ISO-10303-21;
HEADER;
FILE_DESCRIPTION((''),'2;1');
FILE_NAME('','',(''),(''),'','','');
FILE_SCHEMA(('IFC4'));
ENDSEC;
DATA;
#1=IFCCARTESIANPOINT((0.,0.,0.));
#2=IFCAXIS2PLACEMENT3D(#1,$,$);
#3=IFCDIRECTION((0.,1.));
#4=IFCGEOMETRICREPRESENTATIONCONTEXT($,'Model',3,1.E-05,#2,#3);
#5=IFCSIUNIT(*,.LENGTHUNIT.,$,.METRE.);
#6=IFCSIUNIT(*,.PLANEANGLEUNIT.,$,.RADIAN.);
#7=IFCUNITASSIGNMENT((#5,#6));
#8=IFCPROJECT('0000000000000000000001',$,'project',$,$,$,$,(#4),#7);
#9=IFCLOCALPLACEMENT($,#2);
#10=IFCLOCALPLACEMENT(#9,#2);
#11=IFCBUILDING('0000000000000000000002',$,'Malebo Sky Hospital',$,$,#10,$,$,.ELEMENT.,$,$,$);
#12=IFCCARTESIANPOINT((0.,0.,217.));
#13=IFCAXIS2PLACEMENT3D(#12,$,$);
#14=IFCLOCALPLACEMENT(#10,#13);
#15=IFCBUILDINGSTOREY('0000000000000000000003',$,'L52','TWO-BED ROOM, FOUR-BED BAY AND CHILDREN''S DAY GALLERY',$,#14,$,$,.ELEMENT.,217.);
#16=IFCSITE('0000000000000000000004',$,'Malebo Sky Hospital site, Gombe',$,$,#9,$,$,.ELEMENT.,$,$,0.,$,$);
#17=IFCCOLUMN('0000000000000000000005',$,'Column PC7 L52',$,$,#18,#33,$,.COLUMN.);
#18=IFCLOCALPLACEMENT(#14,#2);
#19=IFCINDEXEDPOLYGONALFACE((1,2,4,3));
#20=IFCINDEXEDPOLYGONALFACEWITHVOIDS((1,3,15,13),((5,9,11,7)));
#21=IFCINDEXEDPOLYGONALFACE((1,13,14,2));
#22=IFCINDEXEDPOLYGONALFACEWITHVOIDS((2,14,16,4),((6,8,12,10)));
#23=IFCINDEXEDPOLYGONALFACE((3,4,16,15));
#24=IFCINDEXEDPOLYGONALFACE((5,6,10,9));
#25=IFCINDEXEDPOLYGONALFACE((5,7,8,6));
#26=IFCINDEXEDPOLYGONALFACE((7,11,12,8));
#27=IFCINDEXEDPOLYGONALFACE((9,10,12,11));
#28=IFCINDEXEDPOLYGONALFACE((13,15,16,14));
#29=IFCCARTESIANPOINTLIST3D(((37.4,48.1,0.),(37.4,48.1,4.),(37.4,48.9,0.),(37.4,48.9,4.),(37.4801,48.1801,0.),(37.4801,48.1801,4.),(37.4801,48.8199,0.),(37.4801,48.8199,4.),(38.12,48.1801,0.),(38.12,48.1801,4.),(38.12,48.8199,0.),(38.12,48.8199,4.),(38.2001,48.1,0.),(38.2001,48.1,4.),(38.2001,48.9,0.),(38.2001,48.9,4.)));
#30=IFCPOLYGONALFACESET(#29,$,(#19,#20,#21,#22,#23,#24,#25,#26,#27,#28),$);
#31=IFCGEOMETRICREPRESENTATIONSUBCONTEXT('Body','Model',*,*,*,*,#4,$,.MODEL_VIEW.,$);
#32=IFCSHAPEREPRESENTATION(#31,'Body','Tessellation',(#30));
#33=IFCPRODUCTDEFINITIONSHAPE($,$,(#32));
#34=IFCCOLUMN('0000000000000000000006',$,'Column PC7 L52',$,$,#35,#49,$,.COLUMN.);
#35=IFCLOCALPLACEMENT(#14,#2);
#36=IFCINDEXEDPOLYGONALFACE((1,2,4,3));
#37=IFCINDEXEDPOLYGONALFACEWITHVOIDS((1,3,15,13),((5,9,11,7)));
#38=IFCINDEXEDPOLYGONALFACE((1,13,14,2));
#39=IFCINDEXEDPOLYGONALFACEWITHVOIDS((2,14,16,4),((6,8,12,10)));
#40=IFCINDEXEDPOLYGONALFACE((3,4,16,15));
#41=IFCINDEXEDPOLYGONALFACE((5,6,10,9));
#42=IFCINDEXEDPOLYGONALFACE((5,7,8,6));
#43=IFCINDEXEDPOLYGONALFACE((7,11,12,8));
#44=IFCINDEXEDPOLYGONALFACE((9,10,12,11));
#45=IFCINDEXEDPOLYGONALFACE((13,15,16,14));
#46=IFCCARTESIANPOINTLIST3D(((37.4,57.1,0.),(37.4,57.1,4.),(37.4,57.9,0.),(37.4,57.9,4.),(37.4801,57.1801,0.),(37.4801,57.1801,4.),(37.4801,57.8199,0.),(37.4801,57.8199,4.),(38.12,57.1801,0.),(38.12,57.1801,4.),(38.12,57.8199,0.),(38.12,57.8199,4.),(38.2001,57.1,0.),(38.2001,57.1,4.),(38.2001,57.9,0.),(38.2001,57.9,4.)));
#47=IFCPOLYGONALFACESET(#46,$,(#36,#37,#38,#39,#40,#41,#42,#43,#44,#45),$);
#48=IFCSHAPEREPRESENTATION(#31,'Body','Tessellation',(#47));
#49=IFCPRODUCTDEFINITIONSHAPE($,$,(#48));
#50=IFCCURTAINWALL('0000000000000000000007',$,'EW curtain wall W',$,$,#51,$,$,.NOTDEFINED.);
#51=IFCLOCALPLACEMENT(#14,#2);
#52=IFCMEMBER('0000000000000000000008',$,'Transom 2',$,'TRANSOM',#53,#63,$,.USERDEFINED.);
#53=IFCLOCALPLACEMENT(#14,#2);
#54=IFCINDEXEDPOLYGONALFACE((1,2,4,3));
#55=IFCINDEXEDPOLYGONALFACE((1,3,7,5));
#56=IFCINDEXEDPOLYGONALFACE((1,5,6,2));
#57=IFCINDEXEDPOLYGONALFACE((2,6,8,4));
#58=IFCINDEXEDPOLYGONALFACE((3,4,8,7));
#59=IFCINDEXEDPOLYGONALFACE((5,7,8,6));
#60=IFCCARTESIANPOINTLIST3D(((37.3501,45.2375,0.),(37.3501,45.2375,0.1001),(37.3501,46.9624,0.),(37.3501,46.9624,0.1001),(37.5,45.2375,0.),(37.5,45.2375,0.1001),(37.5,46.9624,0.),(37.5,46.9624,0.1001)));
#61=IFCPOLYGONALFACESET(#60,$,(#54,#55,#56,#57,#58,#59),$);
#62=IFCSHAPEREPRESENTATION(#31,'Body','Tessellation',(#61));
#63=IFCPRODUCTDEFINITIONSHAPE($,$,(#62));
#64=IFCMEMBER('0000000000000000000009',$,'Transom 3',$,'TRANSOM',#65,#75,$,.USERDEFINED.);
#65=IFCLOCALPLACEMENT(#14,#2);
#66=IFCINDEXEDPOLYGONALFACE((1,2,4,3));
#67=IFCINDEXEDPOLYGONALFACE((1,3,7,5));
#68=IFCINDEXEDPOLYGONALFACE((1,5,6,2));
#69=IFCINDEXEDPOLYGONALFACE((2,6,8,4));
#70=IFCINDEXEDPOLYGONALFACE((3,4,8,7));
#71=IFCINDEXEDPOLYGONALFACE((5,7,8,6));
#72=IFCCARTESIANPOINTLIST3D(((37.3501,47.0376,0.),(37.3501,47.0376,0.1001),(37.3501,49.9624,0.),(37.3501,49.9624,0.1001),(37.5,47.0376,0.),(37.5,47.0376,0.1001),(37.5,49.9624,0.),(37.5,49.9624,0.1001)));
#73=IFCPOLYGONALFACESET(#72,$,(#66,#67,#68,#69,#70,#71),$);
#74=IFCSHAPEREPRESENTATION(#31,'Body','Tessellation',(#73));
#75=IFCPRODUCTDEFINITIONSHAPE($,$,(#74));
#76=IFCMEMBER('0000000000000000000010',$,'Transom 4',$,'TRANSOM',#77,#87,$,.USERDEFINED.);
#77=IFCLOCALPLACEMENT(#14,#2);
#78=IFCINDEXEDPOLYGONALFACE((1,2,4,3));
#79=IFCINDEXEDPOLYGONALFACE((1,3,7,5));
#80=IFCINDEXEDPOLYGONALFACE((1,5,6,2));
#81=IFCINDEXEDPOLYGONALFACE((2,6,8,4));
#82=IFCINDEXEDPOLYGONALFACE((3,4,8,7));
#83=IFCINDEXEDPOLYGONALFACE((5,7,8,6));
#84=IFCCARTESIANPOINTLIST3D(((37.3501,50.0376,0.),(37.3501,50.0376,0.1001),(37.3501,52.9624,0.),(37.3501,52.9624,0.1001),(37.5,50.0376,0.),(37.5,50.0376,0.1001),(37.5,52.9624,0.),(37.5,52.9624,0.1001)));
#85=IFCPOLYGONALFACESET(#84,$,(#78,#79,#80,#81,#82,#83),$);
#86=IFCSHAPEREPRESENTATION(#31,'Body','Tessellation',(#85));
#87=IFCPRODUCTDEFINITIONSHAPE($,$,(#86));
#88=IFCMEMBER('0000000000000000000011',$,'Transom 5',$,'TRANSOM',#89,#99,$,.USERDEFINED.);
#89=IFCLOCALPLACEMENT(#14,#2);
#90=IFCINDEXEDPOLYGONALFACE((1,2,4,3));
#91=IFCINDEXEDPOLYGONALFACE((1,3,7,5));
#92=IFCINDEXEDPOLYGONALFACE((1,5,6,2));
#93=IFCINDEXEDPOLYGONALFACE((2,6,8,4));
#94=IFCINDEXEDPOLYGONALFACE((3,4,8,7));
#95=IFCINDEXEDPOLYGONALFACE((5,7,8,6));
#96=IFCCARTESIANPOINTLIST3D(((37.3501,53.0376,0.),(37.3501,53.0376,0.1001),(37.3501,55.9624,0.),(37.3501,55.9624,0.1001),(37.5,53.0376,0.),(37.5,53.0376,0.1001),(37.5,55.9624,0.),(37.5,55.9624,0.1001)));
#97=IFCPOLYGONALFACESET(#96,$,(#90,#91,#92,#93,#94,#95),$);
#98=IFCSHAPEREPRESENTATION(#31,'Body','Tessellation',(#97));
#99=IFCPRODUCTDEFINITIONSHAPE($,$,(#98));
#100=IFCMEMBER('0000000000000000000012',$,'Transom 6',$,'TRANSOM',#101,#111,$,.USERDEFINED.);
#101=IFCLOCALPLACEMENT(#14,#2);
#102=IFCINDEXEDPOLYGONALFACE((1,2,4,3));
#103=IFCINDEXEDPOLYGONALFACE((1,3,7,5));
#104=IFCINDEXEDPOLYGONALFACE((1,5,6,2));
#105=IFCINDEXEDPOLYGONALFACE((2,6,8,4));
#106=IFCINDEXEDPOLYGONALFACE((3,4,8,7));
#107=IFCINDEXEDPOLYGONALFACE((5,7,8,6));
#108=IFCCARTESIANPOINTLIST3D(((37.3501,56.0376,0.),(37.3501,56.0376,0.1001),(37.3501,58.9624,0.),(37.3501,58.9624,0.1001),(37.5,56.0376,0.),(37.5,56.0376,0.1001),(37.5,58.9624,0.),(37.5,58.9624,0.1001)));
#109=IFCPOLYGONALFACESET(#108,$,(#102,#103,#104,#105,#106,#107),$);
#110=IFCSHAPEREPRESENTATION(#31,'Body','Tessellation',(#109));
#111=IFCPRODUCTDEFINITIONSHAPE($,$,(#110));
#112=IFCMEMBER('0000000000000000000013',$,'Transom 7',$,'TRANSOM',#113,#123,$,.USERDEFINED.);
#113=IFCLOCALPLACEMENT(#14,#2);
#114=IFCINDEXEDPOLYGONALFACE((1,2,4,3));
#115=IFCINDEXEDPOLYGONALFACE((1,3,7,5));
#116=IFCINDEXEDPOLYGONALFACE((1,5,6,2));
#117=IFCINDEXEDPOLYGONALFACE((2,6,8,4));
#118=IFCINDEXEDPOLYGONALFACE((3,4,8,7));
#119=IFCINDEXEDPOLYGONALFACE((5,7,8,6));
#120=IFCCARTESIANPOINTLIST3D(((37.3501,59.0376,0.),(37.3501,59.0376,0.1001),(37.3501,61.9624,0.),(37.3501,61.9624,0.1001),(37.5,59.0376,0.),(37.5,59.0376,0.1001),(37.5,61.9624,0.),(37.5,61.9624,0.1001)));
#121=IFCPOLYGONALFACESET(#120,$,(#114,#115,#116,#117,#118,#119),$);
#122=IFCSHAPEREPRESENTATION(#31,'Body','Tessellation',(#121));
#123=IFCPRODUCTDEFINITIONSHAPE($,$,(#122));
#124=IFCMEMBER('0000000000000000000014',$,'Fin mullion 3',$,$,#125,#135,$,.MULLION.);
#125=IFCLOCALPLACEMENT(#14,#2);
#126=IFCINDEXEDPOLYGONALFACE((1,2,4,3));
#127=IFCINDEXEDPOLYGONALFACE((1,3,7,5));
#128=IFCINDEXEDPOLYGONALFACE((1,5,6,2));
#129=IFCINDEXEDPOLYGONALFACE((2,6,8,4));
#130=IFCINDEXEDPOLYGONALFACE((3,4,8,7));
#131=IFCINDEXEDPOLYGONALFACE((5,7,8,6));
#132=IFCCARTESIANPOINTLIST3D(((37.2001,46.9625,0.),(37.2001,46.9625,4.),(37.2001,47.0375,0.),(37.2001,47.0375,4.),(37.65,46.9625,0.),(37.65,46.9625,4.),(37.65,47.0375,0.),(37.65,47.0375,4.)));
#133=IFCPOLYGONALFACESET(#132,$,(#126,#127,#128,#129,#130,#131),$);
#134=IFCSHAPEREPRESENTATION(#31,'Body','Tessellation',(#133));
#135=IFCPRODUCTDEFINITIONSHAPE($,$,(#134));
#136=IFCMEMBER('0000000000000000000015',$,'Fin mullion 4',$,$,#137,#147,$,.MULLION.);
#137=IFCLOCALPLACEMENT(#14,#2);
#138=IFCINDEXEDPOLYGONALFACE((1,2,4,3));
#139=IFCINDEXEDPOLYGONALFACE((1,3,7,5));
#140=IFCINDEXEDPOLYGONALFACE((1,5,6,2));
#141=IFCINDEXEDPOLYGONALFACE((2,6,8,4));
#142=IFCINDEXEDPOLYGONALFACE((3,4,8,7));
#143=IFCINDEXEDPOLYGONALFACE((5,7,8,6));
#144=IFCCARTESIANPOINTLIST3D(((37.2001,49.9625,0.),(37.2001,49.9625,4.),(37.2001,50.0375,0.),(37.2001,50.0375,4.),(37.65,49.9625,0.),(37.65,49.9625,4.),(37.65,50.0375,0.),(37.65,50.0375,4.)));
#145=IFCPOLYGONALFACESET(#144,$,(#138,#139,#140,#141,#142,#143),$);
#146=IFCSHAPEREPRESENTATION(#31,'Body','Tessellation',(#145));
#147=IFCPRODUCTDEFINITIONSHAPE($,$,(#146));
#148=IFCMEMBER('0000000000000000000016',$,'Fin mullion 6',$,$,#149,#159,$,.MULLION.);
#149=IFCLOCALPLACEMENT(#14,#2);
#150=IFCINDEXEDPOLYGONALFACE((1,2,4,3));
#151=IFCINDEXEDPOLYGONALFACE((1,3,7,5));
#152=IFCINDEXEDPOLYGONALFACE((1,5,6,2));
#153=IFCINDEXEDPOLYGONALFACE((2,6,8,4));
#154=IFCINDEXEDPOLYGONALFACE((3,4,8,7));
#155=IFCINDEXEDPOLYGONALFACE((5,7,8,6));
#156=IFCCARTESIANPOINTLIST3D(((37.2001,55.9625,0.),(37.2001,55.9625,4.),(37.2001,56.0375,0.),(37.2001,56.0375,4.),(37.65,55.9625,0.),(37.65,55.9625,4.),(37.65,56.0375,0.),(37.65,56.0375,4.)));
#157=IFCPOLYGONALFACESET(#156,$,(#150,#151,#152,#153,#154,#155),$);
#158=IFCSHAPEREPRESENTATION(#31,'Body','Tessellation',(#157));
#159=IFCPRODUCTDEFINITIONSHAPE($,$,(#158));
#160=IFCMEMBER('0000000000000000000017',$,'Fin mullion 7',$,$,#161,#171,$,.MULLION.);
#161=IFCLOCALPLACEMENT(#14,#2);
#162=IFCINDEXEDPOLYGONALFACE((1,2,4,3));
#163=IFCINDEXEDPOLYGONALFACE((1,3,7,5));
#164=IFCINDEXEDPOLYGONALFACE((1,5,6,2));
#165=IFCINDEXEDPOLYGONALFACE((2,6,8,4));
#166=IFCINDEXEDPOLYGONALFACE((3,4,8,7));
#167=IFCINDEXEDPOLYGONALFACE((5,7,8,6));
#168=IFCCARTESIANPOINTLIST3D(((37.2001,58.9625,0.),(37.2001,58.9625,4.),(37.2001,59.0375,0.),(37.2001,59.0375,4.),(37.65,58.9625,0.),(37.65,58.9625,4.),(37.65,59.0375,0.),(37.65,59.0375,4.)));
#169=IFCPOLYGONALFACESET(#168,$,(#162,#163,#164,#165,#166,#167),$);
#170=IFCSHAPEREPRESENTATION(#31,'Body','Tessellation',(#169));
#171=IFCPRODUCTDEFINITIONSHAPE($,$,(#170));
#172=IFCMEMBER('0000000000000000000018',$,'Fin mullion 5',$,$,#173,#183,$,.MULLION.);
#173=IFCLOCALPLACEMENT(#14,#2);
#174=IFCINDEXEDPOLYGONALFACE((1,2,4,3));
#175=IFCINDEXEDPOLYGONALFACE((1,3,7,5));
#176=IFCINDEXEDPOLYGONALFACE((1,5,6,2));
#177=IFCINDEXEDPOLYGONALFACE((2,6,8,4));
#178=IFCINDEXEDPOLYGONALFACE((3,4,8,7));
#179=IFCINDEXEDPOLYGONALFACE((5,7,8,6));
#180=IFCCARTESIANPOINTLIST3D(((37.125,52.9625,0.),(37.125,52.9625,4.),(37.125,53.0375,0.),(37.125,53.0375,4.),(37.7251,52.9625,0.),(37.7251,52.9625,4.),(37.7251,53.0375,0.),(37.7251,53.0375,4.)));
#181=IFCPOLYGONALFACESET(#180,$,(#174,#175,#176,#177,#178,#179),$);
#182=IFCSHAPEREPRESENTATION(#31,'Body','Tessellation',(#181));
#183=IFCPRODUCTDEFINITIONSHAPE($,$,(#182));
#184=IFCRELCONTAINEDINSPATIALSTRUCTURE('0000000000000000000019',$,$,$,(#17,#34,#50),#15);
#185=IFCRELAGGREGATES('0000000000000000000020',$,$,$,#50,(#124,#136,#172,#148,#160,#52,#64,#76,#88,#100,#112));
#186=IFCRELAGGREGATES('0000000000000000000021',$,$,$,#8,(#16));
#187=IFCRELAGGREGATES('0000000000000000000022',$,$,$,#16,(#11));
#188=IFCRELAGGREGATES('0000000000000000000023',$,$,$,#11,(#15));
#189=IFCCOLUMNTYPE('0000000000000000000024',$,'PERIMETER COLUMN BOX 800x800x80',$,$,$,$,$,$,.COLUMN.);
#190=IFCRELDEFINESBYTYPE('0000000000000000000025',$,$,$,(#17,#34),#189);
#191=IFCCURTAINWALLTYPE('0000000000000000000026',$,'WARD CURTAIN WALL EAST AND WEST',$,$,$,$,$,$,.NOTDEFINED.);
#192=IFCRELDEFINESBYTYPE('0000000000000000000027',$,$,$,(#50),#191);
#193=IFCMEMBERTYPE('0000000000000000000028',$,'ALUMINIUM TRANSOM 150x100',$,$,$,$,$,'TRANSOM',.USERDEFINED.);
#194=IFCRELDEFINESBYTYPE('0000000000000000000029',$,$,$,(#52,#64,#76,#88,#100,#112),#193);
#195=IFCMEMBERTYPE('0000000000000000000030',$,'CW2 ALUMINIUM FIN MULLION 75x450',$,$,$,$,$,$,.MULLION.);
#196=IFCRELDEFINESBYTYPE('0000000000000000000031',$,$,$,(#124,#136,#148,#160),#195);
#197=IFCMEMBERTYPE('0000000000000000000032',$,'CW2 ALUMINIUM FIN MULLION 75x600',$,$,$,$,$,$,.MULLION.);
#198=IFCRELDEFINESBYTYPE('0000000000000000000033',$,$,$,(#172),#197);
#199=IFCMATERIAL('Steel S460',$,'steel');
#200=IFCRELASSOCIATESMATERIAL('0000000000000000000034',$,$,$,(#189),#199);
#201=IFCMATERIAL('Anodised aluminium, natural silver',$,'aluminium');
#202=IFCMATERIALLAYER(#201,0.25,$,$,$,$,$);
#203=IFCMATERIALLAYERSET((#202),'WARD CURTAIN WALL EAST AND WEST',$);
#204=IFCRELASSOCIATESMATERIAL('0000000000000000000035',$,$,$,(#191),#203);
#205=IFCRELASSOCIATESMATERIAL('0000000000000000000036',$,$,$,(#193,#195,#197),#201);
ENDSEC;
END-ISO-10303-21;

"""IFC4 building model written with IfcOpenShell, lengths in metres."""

from ifc_helpers import new_model, si_unit, direction, frame, origin, origin_2d, place, context, subcontext, project, spatial, rectangle, hollow_rectangle, extrude, material, layer, layer_set, material_profile, profile_set, type_object, element, aggregate, save


model = new_model("IFC4")

# Units and contexts
model_context = context("Model", 3, precision=1e-05, world=origin(), true_north=direction((0.0, 1.0)))
body_context = subcontext(model_context, "Body", "Model", "MODEL_VIEW")
ifc_project = project(units=[si_unit("LENGTHUNIT", "METRE"), si_unit("PLANEANGLEUNIT", "RADIAN")], contexts=[model_context])

# Site, building, storey
site_placement = place(None, origin())
site = spatial("IfcSite", under=ifc_project, at=site_placement, Name="Malebo Sky Hospital site, Gombe", CompositionType="ELEMENT", RefElevation=0.0)
building_placement = place(site_placement, origin())
building = spatial("IfcBuilding", under=site, at=building_placement, Name="Malebo Sky Hospital", CompositionType="ELEMENT")
storey_placement = place(building_placement, frame((0.0, 0.0, 217.0)))
storey = spatial("IfcBuildingStorey", under=building, at=storey_placement, Name="L52", Description="TWO-BED ROOM, FOUR-BED BAY AND CHILDREN'S DAY GALLERY", CompositionType="ELEMENT", Elevation=217.0)

# Columns
ifc_material_1 = material(Name="Steel S460", Category="steel")
ifc_material_profile_1 = material_profile(ifc_material_1, hollow_rectangle(XDim=0.8, YDim=0.8, WallThickness=0.0801, at=origin_2d()), Name="BOX 800x800x80")
ifc_profile_set_1 = profile_set([ifc_material_profile_1], Name="Steel S460")
column_type = type_object("IfcColumnType", Name="PERIMETER COLUMN BOX 800x800x80", PredefinedType="COLUMN", material=ifc_profile_set_1)
for number, where, z_axis, x_axis, name in (
    (1, (37.8, 48.5, 0.0), (0.0, 0.0, 1.0), (1.0, 0.0, 0.0), "Column PC7 L52"),
    (2, (37.8, 57.5, 0.0), (0.0, 0.0, 1.0), (1.0, 0.0, 0.0), "Column PC7 L52"),
):
    element("IfcColumn", number, at=place(storey_placement, frame(where, z_axis=z_axis, x_axis=x_axis)), inside=storey, type_object=column_type, Name=name, PredefinedType="COLUMN", context=body_context, shape_type="SweptSolid", body=[
        extrude(hollow_rectangle(XDim=0.8, YDim=0.8, WallThickness=0.0801, at=origin_2d()), origin(), (0.0, 0.0, 1.0), 4.0),
    ])

# Curtain wall, members
ifc_material_2 = material(Name="Anodised aluminium, natural silver", Category="aluminium")
ifc_layer_1 = layer(ifc_material_2, 0.25)
ifc_layer_set_1 = layer_set([ifc_layer_1], Name="WARD CURTAIN WALL EAST AND WEST")
curtain_wall_type = type_object("IfcCurtainWallType", Name="WARD CURTAIN WALL EAST AND WEST", PredefinedType="NOTDEFINED", material=ifc_layer_set_1)
curtain_wall_placement = place(storey_placement, origin())
curtain_wall = element("IfcCurtainWall", 3, at=curtain_wall_placement, inside=storey, type_object=curtain_wall_type, Name="EW curtain wall W", PredefinedType="NOTDEFINED")
ifc_material_profile_2 = material_profile(ifc_material_2, rectangle(XDim=0.1499, YDim=0.1001, at=origin_2d()), Name="ALUMINIUM TRANSOM 150x100")
ifc_profile_set_2 = profile_set([ifc_material_profile_2], Name="Anodised aluminium, natural silver")
member_type_1 = type_object("IfcMemberType", Name="ALUMINIUM TRANSOM 150x100", ElementType="TRANSOM", PredefinedType="USERDEFINED", material=ifc_profile_set_2)
member_1_placement = place(storey_placement, frame((37.425, 45.2375, 0.05), z_axis=(0.0, 1.0, 0.0), x_axis=(-1.0, 0.0, 0.0)))
member_1 = element("IfcMember", 4, at=member_1_placement, type_object=member_type_1, Name="Transom 2", ObjectType="TRANSOM", PredefinedType="USERDEFINED", context=body_context, shape_type="SweptSolid", body=[
    extrude(rectangle(XDim=0.1499, YDim=0.1001, at=origin_2d()), origin(), (0.0, 0.0, 1.0), 1.7249),
])
member_2_placement = place(storey_placement, frame((37.425, 47.0376, 0.05), z_axis=(0.0, 1.0, 0.0), x_axis=(-1.0, 0.0, 0.0)))
member_2 = element("IfcMember", 5, at=member_2_placement, type_object=member_type_1, Name="Transom 3", ObjectType="TRANSOM", PredefinedType="USERDEFINED", context=body_context, shape_type="SweptSolid", body=[
    extrude(rectangle(XDim=0.1499, YDim=0.1001, at=origin_2d()), origin(), (0.0, 0.0, 1.0), 2.9248),
])
member_3_placement = place(storey_placement, frame((37.425, 50.0376, 0.05), z_axis=(0.0, 1.0, 0.0), x_axis=(-1.0, 0.0, 0.0)))
member_3 = element("IfcMember", 6, at=member_3_placement, type_object=member_type_1, Name="Transom 4", ObjectType="TRANSOM", PredefinedType="USERDEFINED", context=body_context, shape_type="SweptSolid", body=[
    extrude(rectangle(XDim=0.1499, YDim=0.1001, at=origin_2d()), origin(), (0.0, 0.0, 1.0), 2.9248),
])
member_4_placement = place(storey_placement, frame((37.425, 53.0376, 0.05), z_axis=(0.0, 1.0, 0.0), x_axis=(-1.0, 0.0, 0.0)))
member_4 = element("IfcMember", 7, at=member_4_placement, type_object=member_type_1, Name="Transom 5", ObjectType="TRANSOM", PredefinedType="USERDEFINED", context=body_context, shape_type="SweptSolid", body=[
    extrude(rectangle(XDim=0.1499, YDim=0.1001, at=origin_2d()), origin(), (0.0, 0.0, 1.0), 2.9248),
])
member_5_placement = place(storey_placement, frame((37.425, 56.0376, 0.05), z_axis=(0.0, 1.0, 0.0), x_axis=(-1.0, 0.0, 0.0)))
member_5 = element("IfcMember", 8, at=member_5_placement, type_object=member_type_1, Name="Transom 6", ObjectType="TRANSOM", PredefinedType="USERDEFINED", context=body_context, shape_type="SweptSolid", body=[
    extrude(rectangle(XDim=0.1499, YDim=0.1001, at=origin_2d()), origin(), (0.0, 0.0, 1.0), 2.9248),
])
member_6_placement = place(storey_placement, frame((37.425, 59.0376, 0.05), z_axis=(0.0, 1.0, 0.0), x_axis=(-1.0, 0.0, 0.0)))
member_6 = element("IfcMember", 9, at=member_6_placement, type_object=member_type_1, Name="Transom 7", ObjectType="TRANSOM", PredefinedType="USERDEFINED", context=body_context, shape_type="SweptSolid", body=[
    extrude(rectangle(XDim=0.1499, YDim=0.1001, at=origin_2d()), origin(), (0.0, 0.0, 1.0), 2.9248),
])
ifc_material_profile_3 = material_profile(ifc_material_2, rectangle(XDim=0.075, YDim=0.45, at=origin_2d()), Name="CW2 ALUMINIUM FIN MULLION 75x450")
ifc_profile_set_3 = profile_set([ifc_material_profile_3], Name="Anodised aluminium, natural silver")
member_type_2 = type_object("IfcMemberType", Name="CW2 ALUMINIUM FIN MULLION 75x450", PredefinedType="MULLION", material=ifc_profile_set_3)
member_7_placement = place(storey_placement, frame((37.425, 47.0, 0.0), z_axis=(0.0, 0.0, 1.0), x_axis=(0.0, 1.0, 0.0)))
member_7 = element("IfcMember", 10, at=member_7_placement, type_object=member_type_2, Name="Fin mullion 3", PredefinedType="MULLION", context=body_context, shape_type="SweptSolid", body=[
    extrude(rectangle(XDim=0.075, YDim=0.45, at=origin_2d()), origin(), (0.0, 0.0, 1.0), 4.0),
])
member_8_placement = place(storey_placement, frame((37.425, 50.0, 0.0), z_axis=(0.0, 0.0, 1.0), x_axis=(0.0, 1.0, 0.0)))
member_8 = element("IfcMember", 11, at=member_8_placement, type_object=member_type_2, Name="Fin mullion 4", PredefinedType="MULLION", context=body_context, shape_type="SweptSolid", body=[
    extrude(rectangle(XDim=0.075, YDim=0.45, at=origin_2d()), origin(), (0.0, 0.0, 1.0), 4.0),
])
member_9_placement = place(storey_placement, frame((37.425, 56.0, 0.0), z_axis=(0.0, 0.0, 1.0), x_axis=(0.0, 1.0, 0.0)))
member_9 = element("IfcMember", 12, at=member_9_placement, type_object=member_type_2, Name="Fin mullion 6", PredefinedType="MULLION", context=body_context, shape_type="SweptSolid", body=[
    extrude(rectangle(XDim=0.075, YDim=0.45, at=origin_2d()), origin(), (0.0, 0.0, 1.0), 4.0),
])
member_10_placement = place(storey_placement, frame((37.425, 59.0, 0.0), z_axis=(0.0, 0.0, 1.0), x_axis=(0.0, 1.0, 0.0)))
member_10 = element("IfcMember", 13, at=member_10_placement, type_object=member_type_2, Name="Fin mullion 7", PredefinedType="MULLION", context=body_context, shape_type="SweptSolid", body=[
    extrude(rectangle(XDim=0.075, YDim=0.45, at=origin_2d()), origin(), (0.0, 0.0, 1.0), 4.0),
])
ifc_material_profile_4 = material_profile(ifc_material_2, rectangle(XDim=0.075, YDim=0.6001, at=origin_2d()), Name="CW2 ALUMINIUM FIN MULLION 75x600")
ifc_profile_set_4 = profile_set([ifc_material_profile_4], Name="Anodised aluminium, natural silver")
member_type_3 = type_object("IfcMemberType", Name="CW2 ALUMINIUM FIN MULLION 75x600", PredefinedType="MULLION", material=ifc_profile_set_4)
member_11_placement = place(storey_placement, frame((37.425, 53.0, 0.0), z_axis=(0.0, 0.0, 1.0), x_axis=(0.0, 1.0, 0.0)))
member_11 = element("IfcMember", 14, at=member_11_placement, type_object=member_type_3, Name="Fin mullion 5", PredefinedType="MULLION", context=body_context, shape_type="SweptSolid", body=[
    extrude(rectangle(XDim=0.075, YDim=0.6001, at=origin_2d()), origin(), (0.0, 0.0, 1.0), 4.0),
])

aggregate(curtain_wall, [member_7, member_8, member_11, member_9, member_10, member_1, member_2, member_3, member_4, member_5, member_6])

save(model, "model.ifc")
